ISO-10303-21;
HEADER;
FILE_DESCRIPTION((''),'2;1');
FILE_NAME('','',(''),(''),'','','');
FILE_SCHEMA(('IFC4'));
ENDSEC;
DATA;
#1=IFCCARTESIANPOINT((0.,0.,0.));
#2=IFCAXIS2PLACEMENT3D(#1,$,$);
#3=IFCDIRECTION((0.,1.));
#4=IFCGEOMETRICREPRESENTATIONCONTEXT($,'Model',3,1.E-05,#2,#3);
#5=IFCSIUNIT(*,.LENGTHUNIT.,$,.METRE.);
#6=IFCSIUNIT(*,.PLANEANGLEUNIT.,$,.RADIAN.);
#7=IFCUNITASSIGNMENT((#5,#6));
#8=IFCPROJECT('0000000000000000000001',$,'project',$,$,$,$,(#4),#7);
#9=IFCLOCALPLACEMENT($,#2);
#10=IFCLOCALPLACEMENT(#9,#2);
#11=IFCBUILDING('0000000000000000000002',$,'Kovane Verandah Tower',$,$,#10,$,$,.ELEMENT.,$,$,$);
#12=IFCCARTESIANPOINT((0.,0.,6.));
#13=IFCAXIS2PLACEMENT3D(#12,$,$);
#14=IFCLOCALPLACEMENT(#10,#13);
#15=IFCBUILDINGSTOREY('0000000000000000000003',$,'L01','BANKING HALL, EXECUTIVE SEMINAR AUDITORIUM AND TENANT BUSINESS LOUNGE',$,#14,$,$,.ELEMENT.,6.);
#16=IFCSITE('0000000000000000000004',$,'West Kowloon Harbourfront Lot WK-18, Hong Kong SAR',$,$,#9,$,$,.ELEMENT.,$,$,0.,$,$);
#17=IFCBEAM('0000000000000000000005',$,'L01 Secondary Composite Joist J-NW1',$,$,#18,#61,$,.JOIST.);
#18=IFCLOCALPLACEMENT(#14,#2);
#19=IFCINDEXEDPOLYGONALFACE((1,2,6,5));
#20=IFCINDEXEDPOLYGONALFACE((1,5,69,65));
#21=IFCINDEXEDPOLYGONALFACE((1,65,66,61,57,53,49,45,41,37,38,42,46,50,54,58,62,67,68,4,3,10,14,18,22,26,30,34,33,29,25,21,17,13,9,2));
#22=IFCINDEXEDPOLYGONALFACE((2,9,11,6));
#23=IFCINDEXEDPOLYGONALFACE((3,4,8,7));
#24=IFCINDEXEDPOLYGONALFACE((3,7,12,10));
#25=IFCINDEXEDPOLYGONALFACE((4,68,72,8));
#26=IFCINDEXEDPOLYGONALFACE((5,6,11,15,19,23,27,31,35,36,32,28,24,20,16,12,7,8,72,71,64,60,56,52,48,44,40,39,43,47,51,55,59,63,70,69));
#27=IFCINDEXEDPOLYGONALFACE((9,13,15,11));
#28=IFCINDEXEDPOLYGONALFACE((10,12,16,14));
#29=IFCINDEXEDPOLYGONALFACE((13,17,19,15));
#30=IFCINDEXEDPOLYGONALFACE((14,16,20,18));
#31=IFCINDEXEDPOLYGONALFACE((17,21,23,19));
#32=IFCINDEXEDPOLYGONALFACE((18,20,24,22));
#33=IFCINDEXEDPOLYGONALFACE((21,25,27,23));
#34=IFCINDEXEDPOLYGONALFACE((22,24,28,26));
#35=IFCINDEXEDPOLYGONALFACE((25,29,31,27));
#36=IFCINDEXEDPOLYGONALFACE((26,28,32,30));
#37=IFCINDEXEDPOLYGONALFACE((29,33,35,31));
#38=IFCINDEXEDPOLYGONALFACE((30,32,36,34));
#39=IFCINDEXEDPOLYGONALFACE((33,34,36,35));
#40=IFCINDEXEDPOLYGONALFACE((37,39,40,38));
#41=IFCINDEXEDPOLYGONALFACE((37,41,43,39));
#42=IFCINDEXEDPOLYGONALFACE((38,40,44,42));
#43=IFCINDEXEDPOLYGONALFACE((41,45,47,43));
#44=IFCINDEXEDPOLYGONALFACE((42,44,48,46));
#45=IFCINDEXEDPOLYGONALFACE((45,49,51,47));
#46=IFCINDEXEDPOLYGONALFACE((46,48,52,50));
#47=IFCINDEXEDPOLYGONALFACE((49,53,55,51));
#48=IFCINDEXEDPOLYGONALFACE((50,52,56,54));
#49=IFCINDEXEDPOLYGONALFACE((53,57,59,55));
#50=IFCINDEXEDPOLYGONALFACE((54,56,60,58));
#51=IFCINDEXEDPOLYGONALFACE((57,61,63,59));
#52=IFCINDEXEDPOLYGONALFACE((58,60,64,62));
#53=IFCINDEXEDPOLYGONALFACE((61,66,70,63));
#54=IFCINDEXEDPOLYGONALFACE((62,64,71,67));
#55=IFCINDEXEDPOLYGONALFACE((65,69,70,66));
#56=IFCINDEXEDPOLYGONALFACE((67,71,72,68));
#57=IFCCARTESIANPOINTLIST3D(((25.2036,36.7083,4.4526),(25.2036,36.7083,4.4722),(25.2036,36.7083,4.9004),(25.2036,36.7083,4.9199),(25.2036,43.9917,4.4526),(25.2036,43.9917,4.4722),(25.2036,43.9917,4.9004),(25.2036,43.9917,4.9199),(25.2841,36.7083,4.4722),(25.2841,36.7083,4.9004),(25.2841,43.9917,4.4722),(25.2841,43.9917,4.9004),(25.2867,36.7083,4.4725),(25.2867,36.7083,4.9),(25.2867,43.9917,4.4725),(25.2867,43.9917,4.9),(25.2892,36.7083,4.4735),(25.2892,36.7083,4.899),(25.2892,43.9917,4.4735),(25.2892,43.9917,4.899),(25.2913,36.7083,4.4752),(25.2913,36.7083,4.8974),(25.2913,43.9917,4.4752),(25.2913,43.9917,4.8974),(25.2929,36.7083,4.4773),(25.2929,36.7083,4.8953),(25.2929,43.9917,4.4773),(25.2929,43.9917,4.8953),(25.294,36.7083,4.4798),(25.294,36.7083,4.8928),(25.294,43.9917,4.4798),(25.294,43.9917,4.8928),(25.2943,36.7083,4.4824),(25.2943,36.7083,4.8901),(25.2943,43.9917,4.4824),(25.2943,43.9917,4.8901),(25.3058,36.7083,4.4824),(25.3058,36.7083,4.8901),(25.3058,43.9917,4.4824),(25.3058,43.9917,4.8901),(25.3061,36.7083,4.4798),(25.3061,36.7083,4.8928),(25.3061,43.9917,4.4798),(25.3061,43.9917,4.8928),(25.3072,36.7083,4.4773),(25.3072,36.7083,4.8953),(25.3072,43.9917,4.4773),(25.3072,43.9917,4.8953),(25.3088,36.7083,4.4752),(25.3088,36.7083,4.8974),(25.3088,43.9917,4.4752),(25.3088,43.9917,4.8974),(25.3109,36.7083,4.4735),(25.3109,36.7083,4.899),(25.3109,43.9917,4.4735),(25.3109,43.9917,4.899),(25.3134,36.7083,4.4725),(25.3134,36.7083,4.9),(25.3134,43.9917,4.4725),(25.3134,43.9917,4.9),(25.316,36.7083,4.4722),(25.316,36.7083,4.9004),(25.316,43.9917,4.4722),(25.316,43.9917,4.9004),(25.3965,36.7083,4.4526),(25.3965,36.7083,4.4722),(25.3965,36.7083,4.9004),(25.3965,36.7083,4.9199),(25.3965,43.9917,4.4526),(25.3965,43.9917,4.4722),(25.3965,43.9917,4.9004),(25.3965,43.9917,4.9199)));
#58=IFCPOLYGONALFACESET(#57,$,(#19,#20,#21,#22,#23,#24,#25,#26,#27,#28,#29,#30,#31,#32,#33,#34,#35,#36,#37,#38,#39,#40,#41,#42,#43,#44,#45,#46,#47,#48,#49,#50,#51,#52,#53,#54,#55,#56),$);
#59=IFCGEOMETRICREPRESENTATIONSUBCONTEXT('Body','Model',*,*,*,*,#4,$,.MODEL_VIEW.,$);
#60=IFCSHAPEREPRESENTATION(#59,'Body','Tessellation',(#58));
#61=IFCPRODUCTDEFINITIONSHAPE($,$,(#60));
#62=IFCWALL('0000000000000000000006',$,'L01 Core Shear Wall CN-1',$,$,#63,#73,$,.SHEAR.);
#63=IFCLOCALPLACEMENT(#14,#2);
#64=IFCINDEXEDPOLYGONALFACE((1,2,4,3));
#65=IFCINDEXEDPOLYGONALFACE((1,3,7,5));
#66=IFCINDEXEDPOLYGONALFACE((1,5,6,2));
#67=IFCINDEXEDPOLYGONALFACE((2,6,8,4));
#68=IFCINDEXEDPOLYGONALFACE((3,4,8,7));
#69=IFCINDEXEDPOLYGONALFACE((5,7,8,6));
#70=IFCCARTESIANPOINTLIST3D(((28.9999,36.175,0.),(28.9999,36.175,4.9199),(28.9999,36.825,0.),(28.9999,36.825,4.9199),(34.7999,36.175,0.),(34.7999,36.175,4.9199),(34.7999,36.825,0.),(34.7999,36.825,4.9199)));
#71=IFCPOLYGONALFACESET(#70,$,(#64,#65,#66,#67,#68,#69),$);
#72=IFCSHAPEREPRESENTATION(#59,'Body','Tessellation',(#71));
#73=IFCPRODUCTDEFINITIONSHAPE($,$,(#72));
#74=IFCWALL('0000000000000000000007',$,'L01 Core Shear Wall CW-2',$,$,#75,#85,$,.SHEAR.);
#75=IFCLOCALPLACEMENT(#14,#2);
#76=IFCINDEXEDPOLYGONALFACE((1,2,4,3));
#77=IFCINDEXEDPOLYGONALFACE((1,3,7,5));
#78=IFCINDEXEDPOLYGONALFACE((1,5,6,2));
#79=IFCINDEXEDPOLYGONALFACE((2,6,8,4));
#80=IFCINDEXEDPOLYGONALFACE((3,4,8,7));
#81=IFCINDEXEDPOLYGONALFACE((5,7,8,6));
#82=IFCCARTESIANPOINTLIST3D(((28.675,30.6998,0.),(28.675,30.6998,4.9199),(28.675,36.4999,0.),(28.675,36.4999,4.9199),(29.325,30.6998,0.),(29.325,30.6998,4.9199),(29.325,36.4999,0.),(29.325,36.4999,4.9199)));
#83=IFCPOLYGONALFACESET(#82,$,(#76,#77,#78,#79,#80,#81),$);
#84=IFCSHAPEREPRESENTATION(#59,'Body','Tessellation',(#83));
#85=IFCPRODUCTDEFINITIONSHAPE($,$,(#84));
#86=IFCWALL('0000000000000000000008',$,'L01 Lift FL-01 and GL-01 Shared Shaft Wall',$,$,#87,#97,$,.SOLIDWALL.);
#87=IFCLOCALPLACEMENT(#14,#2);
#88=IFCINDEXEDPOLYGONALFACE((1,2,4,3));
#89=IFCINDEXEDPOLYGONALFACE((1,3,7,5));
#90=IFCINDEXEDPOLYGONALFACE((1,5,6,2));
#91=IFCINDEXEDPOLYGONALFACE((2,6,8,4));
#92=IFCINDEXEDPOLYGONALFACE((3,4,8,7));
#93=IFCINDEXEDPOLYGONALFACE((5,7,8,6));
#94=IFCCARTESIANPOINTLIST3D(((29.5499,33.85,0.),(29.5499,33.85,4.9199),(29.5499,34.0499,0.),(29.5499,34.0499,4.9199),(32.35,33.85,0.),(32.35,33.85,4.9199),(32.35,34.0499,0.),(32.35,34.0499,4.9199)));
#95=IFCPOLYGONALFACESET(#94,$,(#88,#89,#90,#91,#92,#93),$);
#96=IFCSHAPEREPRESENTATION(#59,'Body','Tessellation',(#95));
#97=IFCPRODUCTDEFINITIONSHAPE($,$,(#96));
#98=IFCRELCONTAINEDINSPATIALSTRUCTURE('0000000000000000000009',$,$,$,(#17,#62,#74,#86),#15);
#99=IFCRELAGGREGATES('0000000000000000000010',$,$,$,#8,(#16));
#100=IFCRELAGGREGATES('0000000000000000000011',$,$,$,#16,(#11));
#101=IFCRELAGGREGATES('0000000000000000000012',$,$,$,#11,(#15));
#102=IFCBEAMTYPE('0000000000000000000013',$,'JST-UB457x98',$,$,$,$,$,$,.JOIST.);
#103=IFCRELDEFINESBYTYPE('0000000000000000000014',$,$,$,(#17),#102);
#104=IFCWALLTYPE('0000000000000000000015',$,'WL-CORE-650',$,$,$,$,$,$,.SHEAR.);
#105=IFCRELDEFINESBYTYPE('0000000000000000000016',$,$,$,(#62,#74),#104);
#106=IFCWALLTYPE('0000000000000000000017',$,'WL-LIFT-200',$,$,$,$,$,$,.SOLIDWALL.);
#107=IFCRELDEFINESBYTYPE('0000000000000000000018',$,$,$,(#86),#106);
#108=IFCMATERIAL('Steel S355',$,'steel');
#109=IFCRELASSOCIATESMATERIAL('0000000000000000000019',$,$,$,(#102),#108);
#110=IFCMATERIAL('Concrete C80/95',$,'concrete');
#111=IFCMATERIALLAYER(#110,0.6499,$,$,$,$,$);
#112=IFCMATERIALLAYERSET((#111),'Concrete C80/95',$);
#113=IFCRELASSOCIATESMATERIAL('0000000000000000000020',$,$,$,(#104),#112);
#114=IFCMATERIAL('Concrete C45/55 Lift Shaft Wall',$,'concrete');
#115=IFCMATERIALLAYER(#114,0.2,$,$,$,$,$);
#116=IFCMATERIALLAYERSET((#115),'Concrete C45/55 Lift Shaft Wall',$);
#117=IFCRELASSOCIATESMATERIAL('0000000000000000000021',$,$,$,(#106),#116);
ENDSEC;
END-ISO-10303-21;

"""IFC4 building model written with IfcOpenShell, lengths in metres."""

from ifc_helpers import new_model, si_unit, direction, frame, frame_2d, origin, origin_2d, place, context, subcontext, project, spatial, rectangle, i_section, extrude, material, layer, layer_set, material_profile, profile_set, type_object, element, save


model = new_model("IFC4")

# Units and contexts
model_context = context("Model", 3, precision=1e-05, world=origin(), true_north=direction((0.0, 1.0)))
body_context = subcontext(model_context, "Body", "Model", "MODEL_VIEW")
ifc_project = project(units=[si_unit("LENGTHUNIT", "METRE"), si_unit("PLANEANGLEUNIT", "RADIAN")], contexts=[model_context])

# Site, building, storey
site_placement = place(None, origin())
site = spatial("IfcSite", under=ifc_project, at=site_placement, Name="West Kowloon Harbourfront Lot WK-18, Hong Kong SAR", CompositionType="ELEMENT", RefElevation=0.0)
building_placement = place(site_placement, origin())
building = spatial("IfcBuilding", under=site, at=building_placement, Name="Kovane Verandah Tower", CompositionType="ELEMENT")
storey_placement = place(building_placement, frame((0.0, 0.0, 6.0)))
storey = spatial("IfcBuildingStorey", under=building, at=storey_placement, Name="L01", Description="BANKING HALL, EXECUTIVE SEMINAR AUDITORIUM AND TENANT BUSINESS LOUNGE", CompositionType="ELEMENT", Elevation=6.0)

# Shared definitions
ifc_material_1 = material(Name="Concrete C80/95", Category="concrete")

# Beam
ifc_material_2 = material(Name="Steel S355", Category="steel")
ifc_material_profile_1 = material_profile(ifc_material_2, i_section(OverallWidth=0.1929, OverallDepth=0.4673, WebThickness=0.0115, FlangeThickness=0.0195, FilletRadius=0.0103, at=origin_2d()), Name="UB457x191x98")
ifc_profile_set_1 = profile_set([ifc_material_profile_1], Name="Steel S355")
beam_type_1 = type_object("IfcBeamType", Name="JST-UB457x98", PredefinedType="JOIST", material=ifc_profile_set_1)
beam_1_placement = place(storey_placement, frame((25.3, 36.7083, 4.6863), z_axis=(0.0, 1.0, 0.0), x_axis=(-1.0, 0.0, 0.0)))
element("IfcBeam", 1, at=beam_1_placement, inside=storey, type_object=beam_type_1, Name="L01 Secondary Composite Joist J-NW1", PredefinedType="JOIST", context=body_context, shape_type="SweptSolid", body=[
    extrude(i_section(OverallWidth=0.1929, OverallDepth=0.4673, WebThickness=0.0115, FlangeThickness=0.0195, FilletRadius=0.0103, at=origin_2d()), origin(), (0.0, 0.0, 1.0), 7.2834),
])

# Walls
ifc_layer_1 = layer(ifc_material_1, 0.6499)
ifc_layer_set_1 = layer_set([ifc_layer_1], Name="Concrete C80/95")
wall_type_1 = type_object("IfcWallType", Name="WL-CORE-650", PredefinedType="SHEAR", material=ifc_layer_set_1)
for number, where, z_axis, x_axis, name in (
    (2, (29.0, 36.5, 0.0), (0.0, 0.0, 1.0), (1.0, 0.0, 0.0), "L01 Core Shear Wall CN-1"),
    (3, (29.0, 30.7, 0.0), (0.0, 0.0, 1.0), (0.0, 1.0, 0.0), "L01 Core Shear Wall CW-2"),
):
    element("IfcWall", number, at=place(storey_placement, frame(where, z_axis=z_axis, x_axis=x_axis)), inside=storey, type_object=wall_type_1, Name=name, PredefinedType="SHEAR", context=body_context, shape_type="SweptSolid", body=[
        extrude(rectangle(XDim=5.8, YDim=0.6499, at=frame_2d((2.8999, 0.0))), origin(), (0.0, 0.0, 1.0), 4.9199),
    ])

# Shared definitions
ifc_material_3 = material(Name="Concrete C45/55 Lift Shaft Wall", Category="concrete")
ifc_layer_2 = layer(ifc_material_3, 0.2)
ifc_layer_set_2 = layer_set([ifc_layer_2], Name="Concrete C45/55 Lift Shaft Wall")
wall_type_2 = type_object("IfcWallType", Name="WL-LIFT-200", PredefinedType="SOLIDWALL", material=ifc_layer_set_2)

# Wall
wall_1_placement = place(storey_placement, frame((29.55, 33.95, 0.0), z_axis=(0.0, 0.0, 1.0), x_axis=(1.0, 0.0, 0.0)))
element("IfcWall", 4, at=wall_1_placement, inside=storey, type_object=wall_type_2, Name="L01 Lift FL-01 and GL-01 Shared Shaft Wall", PredefinedType="SOLIDWALL", context=body_context, shape_type="SweptSolid", body=[
    extrude(rectangle(XDim=2.8, YDim=0.2, at=frame_2d((1.3999, 0.0))), origin(), (0.0, 0.0, 1.0), 4.9199),
])

save(model, "model.ifc")
